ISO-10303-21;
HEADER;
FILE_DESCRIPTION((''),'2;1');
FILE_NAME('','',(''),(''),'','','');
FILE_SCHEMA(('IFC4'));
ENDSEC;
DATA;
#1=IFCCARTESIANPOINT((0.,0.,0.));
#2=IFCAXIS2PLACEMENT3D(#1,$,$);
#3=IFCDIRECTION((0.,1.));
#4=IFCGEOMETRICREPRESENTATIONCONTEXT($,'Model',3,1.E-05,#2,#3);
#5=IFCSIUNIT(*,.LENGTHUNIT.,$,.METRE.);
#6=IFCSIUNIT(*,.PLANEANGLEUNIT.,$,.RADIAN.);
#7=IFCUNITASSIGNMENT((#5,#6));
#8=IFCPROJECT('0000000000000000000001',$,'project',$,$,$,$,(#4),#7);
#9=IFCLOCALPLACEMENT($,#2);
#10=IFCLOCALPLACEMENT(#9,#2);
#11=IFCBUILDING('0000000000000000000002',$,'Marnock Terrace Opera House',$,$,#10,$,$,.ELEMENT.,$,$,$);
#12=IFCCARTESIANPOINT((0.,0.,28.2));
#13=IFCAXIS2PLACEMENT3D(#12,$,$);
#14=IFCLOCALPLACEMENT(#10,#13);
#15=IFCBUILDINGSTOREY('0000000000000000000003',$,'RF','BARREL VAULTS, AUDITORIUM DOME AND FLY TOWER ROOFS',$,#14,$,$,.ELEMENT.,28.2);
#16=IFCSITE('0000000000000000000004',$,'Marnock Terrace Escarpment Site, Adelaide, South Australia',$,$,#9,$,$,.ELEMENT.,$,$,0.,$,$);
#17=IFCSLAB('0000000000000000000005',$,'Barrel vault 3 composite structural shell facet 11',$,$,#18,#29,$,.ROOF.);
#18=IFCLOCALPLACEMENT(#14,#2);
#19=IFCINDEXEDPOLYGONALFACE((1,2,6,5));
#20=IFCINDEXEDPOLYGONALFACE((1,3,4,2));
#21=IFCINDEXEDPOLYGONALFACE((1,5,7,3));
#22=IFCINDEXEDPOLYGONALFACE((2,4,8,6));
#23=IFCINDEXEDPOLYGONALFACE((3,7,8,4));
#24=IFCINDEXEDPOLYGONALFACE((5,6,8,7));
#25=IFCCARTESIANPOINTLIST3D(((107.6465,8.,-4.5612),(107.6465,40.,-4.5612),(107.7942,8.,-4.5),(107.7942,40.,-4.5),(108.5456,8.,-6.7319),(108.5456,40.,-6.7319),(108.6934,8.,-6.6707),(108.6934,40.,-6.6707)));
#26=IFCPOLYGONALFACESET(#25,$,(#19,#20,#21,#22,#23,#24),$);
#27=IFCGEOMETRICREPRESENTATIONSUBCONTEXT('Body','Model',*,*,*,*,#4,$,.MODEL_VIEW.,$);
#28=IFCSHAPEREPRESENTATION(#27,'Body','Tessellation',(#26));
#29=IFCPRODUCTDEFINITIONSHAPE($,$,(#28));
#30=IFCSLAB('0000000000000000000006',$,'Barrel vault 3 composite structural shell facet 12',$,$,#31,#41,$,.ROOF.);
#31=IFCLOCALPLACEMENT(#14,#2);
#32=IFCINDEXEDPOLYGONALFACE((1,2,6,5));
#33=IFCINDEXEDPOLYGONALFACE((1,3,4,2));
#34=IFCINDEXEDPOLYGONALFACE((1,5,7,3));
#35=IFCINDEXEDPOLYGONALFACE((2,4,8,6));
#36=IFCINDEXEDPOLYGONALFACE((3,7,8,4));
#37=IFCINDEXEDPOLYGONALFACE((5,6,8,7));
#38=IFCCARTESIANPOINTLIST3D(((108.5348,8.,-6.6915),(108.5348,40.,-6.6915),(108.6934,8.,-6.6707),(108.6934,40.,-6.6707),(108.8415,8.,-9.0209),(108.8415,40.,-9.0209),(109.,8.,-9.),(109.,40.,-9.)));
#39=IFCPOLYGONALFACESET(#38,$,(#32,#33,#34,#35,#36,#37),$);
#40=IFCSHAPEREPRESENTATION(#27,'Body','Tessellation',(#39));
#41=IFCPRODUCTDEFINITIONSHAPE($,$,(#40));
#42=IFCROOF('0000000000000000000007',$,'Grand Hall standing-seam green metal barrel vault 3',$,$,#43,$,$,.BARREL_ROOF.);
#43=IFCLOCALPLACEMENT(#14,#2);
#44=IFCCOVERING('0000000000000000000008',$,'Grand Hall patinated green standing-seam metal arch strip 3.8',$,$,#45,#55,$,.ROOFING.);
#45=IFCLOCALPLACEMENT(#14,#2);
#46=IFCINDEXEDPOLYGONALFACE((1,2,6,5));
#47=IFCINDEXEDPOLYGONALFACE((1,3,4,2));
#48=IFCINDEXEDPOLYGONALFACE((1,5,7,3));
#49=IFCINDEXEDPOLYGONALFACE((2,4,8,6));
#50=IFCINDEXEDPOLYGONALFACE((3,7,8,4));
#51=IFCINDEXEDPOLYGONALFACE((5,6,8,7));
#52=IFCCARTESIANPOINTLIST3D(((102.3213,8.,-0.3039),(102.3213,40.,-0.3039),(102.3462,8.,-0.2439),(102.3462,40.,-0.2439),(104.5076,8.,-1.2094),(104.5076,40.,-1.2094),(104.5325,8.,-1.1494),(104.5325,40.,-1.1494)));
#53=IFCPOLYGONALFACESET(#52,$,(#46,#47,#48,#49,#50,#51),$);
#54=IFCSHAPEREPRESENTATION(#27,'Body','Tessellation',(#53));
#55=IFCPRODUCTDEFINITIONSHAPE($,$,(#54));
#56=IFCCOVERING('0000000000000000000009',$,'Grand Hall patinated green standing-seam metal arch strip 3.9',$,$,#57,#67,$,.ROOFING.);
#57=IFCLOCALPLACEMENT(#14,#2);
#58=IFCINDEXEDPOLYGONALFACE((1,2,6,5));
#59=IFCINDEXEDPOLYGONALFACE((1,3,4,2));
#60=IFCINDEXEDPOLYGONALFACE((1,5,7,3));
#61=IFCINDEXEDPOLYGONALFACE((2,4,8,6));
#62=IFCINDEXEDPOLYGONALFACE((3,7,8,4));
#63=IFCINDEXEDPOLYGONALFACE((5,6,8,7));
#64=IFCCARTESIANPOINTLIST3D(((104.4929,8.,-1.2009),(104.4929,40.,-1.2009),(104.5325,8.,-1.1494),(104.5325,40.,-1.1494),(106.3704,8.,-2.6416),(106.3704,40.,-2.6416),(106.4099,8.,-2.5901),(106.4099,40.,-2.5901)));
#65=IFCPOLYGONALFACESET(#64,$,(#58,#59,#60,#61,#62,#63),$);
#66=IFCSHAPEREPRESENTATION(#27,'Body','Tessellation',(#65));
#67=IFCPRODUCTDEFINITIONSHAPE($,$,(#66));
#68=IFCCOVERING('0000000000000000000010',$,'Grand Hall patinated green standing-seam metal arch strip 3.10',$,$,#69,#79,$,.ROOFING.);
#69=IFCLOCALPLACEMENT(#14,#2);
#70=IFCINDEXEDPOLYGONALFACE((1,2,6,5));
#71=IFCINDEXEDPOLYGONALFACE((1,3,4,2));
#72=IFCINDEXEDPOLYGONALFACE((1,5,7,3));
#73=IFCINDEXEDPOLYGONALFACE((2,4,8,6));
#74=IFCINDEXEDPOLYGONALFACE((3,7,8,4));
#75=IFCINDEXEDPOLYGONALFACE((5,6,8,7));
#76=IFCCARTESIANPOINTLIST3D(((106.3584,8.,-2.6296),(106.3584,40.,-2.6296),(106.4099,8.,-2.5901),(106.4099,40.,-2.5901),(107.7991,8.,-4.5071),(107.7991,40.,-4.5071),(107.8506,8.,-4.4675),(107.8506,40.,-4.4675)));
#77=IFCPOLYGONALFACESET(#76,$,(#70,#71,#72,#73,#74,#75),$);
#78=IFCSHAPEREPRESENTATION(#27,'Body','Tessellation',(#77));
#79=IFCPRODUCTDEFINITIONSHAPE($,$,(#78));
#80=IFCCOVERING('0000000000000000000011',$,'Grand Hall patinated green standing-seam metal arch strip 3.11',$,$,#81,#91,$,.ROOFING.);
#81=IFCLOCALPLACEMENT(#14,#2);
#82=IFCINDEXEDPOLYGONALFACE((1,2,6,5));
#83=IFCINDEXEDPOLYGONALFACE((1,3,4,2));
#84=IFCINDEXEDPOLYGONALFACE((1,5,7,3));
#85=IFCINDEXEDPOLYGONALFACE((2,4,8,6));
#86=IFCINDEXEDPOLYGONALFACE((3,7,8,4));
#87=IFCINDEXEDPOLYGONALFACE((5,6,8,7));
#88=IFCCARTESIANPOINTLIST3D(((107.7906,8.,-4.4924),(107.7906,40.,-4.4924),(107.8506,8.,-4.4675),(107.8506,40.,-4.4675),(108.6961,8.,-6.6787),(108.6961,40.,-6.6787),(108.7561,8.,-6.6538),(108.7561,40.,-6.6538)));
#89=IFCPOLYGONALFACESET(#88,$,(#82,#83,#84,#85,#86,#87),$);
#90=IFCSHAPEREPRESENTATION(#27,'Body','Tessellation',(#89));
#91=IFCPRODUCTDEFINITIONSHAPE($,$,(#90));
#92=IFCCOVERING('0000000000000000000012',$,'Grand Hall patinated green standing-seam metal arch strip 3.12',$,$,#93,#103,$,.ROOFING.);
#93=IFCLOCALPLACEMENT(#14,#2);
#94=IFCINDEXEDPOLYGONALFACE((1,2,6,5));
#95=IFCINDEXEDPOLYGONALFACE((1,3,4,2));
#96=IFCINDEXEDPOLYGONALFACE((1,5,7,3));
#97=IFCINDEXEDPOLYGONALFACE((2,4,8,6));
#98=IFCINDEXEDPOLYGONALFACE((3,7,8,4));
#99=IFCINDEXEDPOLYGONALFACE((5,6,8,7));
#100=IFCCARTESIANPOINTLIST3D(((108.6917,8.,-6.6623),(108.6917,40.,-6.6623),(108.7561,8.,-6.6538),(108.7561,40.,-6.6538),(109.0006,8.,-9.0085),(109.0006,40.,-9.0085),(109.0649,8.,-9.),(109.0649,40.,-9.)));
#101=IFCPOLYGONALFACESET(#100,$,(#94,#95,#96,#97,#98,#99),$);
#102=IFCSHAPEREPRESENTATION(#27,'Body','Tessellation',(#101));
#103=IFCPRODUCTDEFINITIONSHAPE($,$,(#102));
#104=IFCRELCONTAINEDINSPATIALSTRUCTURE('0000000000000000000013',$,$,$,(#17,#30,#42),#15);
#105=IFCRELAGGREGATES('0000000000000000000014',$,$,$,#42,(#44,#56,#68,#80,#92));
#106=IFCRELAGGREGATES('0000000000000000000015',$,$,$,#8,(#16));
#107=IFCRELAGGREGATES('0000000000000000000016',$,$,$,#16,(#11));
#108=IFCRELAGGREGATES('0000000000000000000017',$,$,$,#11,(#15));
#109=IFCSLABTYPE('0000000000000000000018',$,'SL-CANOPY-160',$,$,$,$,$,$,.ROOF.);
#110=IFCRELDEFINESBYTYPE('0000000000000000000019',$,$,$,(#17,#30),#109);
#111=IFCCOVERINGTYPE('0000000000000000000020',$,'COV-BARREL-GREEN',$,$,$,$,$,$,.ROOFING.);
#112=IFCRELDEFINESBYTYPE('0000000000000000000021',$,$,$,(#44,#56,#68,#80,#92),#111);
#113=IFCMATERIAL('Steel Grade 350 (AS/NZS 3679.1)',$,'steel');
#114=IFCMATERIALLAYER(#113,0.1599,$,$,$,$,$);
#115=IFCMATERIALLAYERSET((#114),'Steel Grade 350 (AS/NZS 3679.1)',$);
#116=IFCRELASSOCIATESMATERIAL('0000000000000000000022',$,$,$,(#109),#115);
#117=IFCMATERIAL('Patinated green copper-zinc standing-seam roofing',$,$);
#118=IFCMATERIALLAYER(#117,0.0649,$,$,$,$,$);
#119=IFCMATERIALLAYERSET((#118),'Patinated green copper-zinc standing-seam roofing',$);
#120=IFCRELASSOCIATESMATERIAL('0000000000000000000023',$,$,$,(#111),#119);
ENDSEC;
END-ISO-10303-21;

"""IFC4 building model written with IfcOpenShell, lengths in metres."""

from ifc_helpers import new_model, si_unit, direction, frame, origin, place, context, subcontext, project, spatial, polyline, outline, extrude, material, layer, layer_set, type_object, element, aggregate, save


model = new_model("IFC4")

# Units and contexts
model_context = context("Model", 3, precision=1e-05, world=origin(), true_north=direction((0.0, 1.0)))
body_context = subcontext(model_context, "Body", "Model", "MODEL_VIEW")
ifc_project = project(units=[si_unit("LENGTHUNIT", "METRE"), si_unit("PLANEANGLEUNIT", "RADIAN")], contexts=[model_context])

# Site, building, storey
site_placement = place(None, origin())
site = spatial("IfcSite", under=ifc_project, at=site_placement, Name="Marnock Terrace Escarpment Site, Adelaide, South Australia", CompositionType="ELEMENT", RefElevation=0.0)
building_placement = place(site_placement, origin())
building = spatial("IfcBuilding", under=site, at=building_placement, Name="Marnock Terrace Opera House", CompositionType="ELEMENT")
storey_placement = place(building_placement, frame((0.0, 0.0, 28.2)))
storey = spatial("IfcBuildingStorey", under=building, at=storey_placement, Name="RF", Description="BARREL VAULTS, AUDITORIUM DOME AND FLY TOWER ROOFS", CompositionType="ELEMENT", Elevation=28.2)

# Shared definitions
ifc_material_1 = material(Name="Steel Grade 350 (AS/NZS 3679.1)", Category="steel")

# Slabs
ifc_layer_1 = layer(ifc_material_1, 0.1599)
ifc_layer_set_1 = layer_set([ifc_layer_1], Name="Steel Grade 350 (AS/NZS 3679.1)")
slab_type = type_object("IfcSlabType", Name="SL-CANOPY-160", PredefinedType="ROOF", material=ifc_layer_set_1)
slab_1_placement = place(storey_placement, frame((107.7942, 8.0, -4.5), z_axis=(0.923871, 0.0, 0.382704), x_axis=(0.382704, 0.0, -0.923871)))
element("IfcSlab", 1, at=slab_1_placement, inside=storey, type_object=slab_type, Name="Barrel vault 3 composite structural shell facet 11", PredefinedType="ROOF", context=body_context, shape_type="SweptSolid", body=[
    extrude(outline(polyline([(0.0, 0.0), (2.3495, 0.0), (2.3495, 32.0), (0.0, 32.0), (0.0, 0.0)])), origin(), (0.0, 0.0, -1.0), 0.1599),
])
slab_2_placement = place(storey_placement, frame((108.6934, 8.0, -6.6707), z_axis=(0.991446, 0.0, 0.130516), x_axis=(0.130516, 0.0, -0.991446)))
element("IfcSlab", 2, at=slab_2_placement, inside=storey, type_object=slab_type, Name="Barrel vault 3 composite structural shell facet 12", PredefinedType="ROOF", context=body_context, shape_type="SweptSolid", body=[
    extrude(outline(polyline([(0.0, 0.0), (2.3494, 0.0), (2.3494, 32.0), (0.0, 32.0), (0.0, 0.0)])), origin(), (0.0, 0.0, -1.0), 0.1599),
])

# Roof, coverings
roof_placement = place(storey_placement, origin())
roof = element("IfcRoof", 3, at=roof_placement, inside=storey, Name="Grand Hall standing-seam green metal barrel vault 3", PredefinedType="BARREL_ROOF")
ifc_material_2 = material(Name="Patinated green copper-zinc standing-seam roofing")
ifc_layer_2 = layer(ifc_material_2, 0.0649)
ifc_layer_set_2 = layer_set([ifc_layer_2], Name="Patinated green copper-zinc standing-seam roofing")
covering_type = type_object("IfcCoveringType", Name="COV-BARREL-GREEN", PredefinedType="ROOFING", material=ifc_layer_set_2)
covering_1_placement = place(storey_placement, frame((102.3462, 8.0, -0.2439), z_axis=(0.382659, 0.0, 0.92389), x_axis=(0.92389, 0.0, -0.382659)))
covering_1 = element("IfcCovering", 4, at=covering_1_placement, type_object=covering_type, Name="Grand Hall patinated green standing-seam metal arch strip 3.8", PredefinedType="ROOFING", context=body_context, shape_type="SweptSolid", body=[
    extrude(outline(polyline([(0.0, 0.0), (2.3664, 0.0), (2.3664, 32.0), (0.0, 32.0), (0.0, 0.0)])), origin(), (0.0, 0.0, -1.0), 0.0649),
])
covering_2_placement = place(storey_placement, frame((104.5325, 8.0, -1.1494), z_axis=(0.608778, 0.0, 0.793341), x_axis=(0.793341, 0.0, -0.608778)))
covering_2 = element("IfcCovering", 5, at=covering_2_placement, type_object=covering_type, Name="Grand Hall patinated green standing-seam metal arch strip 3.9", PredefinedType="ROOFING", context=body_context, shape_type="SweptSolid", body=[
    extrude(outline(polyline([(0.0, 0.0), (2.3665, 0.0), (2.3665, 32.0), (0.0, 32.0), (0.0, 0.0)])), origin(), (0.0, 0.0, -1.0), 0.0649),
])
covering_3_placement = place(storey_placement, frame((106.4099, 8.0, -2.5901), z_axis=(0.793341, 0.0, 0.608778), x_axis=(0.608778, 0.0, -0.793341)))
covering_3 = element("IfcCovering", 6, at=covering_3_placement, type_object=covering_type, Name="Grand Hall patinated green standing-seam metal arch strip 3.10", PredefinedType="ROOFING", context=body_context, shape_type="SweptSolid", body=[
    extrude(outline(polyline([(0.0, 0.0), (2.3665, 0.0), (2.3665, 32.0), (0.0, 32.0), (0.0, 0.0)])), origin(), (0.0, 0.0, -1.0), 0.0649),
])
covering_4_placement = place(storey_placement, frame((107.8506, 8.0, -4.4675), z_axis=(0.92389, 0.0, 0.382659), x_axis=(0.382659, 0.0, -0.92389)))
covering_4 = element("IfcCovering", 7, at=covering_4_placement, type_object=covering_type, Name="Grand Hall patinated green standing-seam metal arch strip 3.11", PredefinedType="ROOFING", context=body_context, shape_type="SweptSolid", body=[
    extrude(outline(polyline([(0.0, 0.0), (2.3664, 0.0), (2.3664, 32.0), (0.0, 32.0), (0.0, 0.0)])), origin(), (0.0, 0.0, -1.0), 0.0649),
])
covering_5_placement = place(storey_placement, frame((108.7561, 8.0, -6.6538), z_axis=(0.991447, 0.0, 0.130508), x_axis=(0.130508, 0.0, -0.991447)))
covering_5 = element("IfcCovering", 8, at=covering_5_placement, type_object=covering_type, Name="Grand Hall patinated green standing-seam metal arch strip 3.12", PredefinedType="ROOFING", context=body_context, shape_type="SweptSolid", body=[
    extrude(outline(polyline([(0.0, 0.0), (2.3664, 0.0), (2.3664, 32.0), (0.0, 32.0), (0.0, 0.0)])), origin(), (0.0, 0.0, -1.0), 0.0649),
])
aggregate(roof, [covering_1, covering_2, covering_3, covering_4, covering_5])

save(model, "model.ifc")
